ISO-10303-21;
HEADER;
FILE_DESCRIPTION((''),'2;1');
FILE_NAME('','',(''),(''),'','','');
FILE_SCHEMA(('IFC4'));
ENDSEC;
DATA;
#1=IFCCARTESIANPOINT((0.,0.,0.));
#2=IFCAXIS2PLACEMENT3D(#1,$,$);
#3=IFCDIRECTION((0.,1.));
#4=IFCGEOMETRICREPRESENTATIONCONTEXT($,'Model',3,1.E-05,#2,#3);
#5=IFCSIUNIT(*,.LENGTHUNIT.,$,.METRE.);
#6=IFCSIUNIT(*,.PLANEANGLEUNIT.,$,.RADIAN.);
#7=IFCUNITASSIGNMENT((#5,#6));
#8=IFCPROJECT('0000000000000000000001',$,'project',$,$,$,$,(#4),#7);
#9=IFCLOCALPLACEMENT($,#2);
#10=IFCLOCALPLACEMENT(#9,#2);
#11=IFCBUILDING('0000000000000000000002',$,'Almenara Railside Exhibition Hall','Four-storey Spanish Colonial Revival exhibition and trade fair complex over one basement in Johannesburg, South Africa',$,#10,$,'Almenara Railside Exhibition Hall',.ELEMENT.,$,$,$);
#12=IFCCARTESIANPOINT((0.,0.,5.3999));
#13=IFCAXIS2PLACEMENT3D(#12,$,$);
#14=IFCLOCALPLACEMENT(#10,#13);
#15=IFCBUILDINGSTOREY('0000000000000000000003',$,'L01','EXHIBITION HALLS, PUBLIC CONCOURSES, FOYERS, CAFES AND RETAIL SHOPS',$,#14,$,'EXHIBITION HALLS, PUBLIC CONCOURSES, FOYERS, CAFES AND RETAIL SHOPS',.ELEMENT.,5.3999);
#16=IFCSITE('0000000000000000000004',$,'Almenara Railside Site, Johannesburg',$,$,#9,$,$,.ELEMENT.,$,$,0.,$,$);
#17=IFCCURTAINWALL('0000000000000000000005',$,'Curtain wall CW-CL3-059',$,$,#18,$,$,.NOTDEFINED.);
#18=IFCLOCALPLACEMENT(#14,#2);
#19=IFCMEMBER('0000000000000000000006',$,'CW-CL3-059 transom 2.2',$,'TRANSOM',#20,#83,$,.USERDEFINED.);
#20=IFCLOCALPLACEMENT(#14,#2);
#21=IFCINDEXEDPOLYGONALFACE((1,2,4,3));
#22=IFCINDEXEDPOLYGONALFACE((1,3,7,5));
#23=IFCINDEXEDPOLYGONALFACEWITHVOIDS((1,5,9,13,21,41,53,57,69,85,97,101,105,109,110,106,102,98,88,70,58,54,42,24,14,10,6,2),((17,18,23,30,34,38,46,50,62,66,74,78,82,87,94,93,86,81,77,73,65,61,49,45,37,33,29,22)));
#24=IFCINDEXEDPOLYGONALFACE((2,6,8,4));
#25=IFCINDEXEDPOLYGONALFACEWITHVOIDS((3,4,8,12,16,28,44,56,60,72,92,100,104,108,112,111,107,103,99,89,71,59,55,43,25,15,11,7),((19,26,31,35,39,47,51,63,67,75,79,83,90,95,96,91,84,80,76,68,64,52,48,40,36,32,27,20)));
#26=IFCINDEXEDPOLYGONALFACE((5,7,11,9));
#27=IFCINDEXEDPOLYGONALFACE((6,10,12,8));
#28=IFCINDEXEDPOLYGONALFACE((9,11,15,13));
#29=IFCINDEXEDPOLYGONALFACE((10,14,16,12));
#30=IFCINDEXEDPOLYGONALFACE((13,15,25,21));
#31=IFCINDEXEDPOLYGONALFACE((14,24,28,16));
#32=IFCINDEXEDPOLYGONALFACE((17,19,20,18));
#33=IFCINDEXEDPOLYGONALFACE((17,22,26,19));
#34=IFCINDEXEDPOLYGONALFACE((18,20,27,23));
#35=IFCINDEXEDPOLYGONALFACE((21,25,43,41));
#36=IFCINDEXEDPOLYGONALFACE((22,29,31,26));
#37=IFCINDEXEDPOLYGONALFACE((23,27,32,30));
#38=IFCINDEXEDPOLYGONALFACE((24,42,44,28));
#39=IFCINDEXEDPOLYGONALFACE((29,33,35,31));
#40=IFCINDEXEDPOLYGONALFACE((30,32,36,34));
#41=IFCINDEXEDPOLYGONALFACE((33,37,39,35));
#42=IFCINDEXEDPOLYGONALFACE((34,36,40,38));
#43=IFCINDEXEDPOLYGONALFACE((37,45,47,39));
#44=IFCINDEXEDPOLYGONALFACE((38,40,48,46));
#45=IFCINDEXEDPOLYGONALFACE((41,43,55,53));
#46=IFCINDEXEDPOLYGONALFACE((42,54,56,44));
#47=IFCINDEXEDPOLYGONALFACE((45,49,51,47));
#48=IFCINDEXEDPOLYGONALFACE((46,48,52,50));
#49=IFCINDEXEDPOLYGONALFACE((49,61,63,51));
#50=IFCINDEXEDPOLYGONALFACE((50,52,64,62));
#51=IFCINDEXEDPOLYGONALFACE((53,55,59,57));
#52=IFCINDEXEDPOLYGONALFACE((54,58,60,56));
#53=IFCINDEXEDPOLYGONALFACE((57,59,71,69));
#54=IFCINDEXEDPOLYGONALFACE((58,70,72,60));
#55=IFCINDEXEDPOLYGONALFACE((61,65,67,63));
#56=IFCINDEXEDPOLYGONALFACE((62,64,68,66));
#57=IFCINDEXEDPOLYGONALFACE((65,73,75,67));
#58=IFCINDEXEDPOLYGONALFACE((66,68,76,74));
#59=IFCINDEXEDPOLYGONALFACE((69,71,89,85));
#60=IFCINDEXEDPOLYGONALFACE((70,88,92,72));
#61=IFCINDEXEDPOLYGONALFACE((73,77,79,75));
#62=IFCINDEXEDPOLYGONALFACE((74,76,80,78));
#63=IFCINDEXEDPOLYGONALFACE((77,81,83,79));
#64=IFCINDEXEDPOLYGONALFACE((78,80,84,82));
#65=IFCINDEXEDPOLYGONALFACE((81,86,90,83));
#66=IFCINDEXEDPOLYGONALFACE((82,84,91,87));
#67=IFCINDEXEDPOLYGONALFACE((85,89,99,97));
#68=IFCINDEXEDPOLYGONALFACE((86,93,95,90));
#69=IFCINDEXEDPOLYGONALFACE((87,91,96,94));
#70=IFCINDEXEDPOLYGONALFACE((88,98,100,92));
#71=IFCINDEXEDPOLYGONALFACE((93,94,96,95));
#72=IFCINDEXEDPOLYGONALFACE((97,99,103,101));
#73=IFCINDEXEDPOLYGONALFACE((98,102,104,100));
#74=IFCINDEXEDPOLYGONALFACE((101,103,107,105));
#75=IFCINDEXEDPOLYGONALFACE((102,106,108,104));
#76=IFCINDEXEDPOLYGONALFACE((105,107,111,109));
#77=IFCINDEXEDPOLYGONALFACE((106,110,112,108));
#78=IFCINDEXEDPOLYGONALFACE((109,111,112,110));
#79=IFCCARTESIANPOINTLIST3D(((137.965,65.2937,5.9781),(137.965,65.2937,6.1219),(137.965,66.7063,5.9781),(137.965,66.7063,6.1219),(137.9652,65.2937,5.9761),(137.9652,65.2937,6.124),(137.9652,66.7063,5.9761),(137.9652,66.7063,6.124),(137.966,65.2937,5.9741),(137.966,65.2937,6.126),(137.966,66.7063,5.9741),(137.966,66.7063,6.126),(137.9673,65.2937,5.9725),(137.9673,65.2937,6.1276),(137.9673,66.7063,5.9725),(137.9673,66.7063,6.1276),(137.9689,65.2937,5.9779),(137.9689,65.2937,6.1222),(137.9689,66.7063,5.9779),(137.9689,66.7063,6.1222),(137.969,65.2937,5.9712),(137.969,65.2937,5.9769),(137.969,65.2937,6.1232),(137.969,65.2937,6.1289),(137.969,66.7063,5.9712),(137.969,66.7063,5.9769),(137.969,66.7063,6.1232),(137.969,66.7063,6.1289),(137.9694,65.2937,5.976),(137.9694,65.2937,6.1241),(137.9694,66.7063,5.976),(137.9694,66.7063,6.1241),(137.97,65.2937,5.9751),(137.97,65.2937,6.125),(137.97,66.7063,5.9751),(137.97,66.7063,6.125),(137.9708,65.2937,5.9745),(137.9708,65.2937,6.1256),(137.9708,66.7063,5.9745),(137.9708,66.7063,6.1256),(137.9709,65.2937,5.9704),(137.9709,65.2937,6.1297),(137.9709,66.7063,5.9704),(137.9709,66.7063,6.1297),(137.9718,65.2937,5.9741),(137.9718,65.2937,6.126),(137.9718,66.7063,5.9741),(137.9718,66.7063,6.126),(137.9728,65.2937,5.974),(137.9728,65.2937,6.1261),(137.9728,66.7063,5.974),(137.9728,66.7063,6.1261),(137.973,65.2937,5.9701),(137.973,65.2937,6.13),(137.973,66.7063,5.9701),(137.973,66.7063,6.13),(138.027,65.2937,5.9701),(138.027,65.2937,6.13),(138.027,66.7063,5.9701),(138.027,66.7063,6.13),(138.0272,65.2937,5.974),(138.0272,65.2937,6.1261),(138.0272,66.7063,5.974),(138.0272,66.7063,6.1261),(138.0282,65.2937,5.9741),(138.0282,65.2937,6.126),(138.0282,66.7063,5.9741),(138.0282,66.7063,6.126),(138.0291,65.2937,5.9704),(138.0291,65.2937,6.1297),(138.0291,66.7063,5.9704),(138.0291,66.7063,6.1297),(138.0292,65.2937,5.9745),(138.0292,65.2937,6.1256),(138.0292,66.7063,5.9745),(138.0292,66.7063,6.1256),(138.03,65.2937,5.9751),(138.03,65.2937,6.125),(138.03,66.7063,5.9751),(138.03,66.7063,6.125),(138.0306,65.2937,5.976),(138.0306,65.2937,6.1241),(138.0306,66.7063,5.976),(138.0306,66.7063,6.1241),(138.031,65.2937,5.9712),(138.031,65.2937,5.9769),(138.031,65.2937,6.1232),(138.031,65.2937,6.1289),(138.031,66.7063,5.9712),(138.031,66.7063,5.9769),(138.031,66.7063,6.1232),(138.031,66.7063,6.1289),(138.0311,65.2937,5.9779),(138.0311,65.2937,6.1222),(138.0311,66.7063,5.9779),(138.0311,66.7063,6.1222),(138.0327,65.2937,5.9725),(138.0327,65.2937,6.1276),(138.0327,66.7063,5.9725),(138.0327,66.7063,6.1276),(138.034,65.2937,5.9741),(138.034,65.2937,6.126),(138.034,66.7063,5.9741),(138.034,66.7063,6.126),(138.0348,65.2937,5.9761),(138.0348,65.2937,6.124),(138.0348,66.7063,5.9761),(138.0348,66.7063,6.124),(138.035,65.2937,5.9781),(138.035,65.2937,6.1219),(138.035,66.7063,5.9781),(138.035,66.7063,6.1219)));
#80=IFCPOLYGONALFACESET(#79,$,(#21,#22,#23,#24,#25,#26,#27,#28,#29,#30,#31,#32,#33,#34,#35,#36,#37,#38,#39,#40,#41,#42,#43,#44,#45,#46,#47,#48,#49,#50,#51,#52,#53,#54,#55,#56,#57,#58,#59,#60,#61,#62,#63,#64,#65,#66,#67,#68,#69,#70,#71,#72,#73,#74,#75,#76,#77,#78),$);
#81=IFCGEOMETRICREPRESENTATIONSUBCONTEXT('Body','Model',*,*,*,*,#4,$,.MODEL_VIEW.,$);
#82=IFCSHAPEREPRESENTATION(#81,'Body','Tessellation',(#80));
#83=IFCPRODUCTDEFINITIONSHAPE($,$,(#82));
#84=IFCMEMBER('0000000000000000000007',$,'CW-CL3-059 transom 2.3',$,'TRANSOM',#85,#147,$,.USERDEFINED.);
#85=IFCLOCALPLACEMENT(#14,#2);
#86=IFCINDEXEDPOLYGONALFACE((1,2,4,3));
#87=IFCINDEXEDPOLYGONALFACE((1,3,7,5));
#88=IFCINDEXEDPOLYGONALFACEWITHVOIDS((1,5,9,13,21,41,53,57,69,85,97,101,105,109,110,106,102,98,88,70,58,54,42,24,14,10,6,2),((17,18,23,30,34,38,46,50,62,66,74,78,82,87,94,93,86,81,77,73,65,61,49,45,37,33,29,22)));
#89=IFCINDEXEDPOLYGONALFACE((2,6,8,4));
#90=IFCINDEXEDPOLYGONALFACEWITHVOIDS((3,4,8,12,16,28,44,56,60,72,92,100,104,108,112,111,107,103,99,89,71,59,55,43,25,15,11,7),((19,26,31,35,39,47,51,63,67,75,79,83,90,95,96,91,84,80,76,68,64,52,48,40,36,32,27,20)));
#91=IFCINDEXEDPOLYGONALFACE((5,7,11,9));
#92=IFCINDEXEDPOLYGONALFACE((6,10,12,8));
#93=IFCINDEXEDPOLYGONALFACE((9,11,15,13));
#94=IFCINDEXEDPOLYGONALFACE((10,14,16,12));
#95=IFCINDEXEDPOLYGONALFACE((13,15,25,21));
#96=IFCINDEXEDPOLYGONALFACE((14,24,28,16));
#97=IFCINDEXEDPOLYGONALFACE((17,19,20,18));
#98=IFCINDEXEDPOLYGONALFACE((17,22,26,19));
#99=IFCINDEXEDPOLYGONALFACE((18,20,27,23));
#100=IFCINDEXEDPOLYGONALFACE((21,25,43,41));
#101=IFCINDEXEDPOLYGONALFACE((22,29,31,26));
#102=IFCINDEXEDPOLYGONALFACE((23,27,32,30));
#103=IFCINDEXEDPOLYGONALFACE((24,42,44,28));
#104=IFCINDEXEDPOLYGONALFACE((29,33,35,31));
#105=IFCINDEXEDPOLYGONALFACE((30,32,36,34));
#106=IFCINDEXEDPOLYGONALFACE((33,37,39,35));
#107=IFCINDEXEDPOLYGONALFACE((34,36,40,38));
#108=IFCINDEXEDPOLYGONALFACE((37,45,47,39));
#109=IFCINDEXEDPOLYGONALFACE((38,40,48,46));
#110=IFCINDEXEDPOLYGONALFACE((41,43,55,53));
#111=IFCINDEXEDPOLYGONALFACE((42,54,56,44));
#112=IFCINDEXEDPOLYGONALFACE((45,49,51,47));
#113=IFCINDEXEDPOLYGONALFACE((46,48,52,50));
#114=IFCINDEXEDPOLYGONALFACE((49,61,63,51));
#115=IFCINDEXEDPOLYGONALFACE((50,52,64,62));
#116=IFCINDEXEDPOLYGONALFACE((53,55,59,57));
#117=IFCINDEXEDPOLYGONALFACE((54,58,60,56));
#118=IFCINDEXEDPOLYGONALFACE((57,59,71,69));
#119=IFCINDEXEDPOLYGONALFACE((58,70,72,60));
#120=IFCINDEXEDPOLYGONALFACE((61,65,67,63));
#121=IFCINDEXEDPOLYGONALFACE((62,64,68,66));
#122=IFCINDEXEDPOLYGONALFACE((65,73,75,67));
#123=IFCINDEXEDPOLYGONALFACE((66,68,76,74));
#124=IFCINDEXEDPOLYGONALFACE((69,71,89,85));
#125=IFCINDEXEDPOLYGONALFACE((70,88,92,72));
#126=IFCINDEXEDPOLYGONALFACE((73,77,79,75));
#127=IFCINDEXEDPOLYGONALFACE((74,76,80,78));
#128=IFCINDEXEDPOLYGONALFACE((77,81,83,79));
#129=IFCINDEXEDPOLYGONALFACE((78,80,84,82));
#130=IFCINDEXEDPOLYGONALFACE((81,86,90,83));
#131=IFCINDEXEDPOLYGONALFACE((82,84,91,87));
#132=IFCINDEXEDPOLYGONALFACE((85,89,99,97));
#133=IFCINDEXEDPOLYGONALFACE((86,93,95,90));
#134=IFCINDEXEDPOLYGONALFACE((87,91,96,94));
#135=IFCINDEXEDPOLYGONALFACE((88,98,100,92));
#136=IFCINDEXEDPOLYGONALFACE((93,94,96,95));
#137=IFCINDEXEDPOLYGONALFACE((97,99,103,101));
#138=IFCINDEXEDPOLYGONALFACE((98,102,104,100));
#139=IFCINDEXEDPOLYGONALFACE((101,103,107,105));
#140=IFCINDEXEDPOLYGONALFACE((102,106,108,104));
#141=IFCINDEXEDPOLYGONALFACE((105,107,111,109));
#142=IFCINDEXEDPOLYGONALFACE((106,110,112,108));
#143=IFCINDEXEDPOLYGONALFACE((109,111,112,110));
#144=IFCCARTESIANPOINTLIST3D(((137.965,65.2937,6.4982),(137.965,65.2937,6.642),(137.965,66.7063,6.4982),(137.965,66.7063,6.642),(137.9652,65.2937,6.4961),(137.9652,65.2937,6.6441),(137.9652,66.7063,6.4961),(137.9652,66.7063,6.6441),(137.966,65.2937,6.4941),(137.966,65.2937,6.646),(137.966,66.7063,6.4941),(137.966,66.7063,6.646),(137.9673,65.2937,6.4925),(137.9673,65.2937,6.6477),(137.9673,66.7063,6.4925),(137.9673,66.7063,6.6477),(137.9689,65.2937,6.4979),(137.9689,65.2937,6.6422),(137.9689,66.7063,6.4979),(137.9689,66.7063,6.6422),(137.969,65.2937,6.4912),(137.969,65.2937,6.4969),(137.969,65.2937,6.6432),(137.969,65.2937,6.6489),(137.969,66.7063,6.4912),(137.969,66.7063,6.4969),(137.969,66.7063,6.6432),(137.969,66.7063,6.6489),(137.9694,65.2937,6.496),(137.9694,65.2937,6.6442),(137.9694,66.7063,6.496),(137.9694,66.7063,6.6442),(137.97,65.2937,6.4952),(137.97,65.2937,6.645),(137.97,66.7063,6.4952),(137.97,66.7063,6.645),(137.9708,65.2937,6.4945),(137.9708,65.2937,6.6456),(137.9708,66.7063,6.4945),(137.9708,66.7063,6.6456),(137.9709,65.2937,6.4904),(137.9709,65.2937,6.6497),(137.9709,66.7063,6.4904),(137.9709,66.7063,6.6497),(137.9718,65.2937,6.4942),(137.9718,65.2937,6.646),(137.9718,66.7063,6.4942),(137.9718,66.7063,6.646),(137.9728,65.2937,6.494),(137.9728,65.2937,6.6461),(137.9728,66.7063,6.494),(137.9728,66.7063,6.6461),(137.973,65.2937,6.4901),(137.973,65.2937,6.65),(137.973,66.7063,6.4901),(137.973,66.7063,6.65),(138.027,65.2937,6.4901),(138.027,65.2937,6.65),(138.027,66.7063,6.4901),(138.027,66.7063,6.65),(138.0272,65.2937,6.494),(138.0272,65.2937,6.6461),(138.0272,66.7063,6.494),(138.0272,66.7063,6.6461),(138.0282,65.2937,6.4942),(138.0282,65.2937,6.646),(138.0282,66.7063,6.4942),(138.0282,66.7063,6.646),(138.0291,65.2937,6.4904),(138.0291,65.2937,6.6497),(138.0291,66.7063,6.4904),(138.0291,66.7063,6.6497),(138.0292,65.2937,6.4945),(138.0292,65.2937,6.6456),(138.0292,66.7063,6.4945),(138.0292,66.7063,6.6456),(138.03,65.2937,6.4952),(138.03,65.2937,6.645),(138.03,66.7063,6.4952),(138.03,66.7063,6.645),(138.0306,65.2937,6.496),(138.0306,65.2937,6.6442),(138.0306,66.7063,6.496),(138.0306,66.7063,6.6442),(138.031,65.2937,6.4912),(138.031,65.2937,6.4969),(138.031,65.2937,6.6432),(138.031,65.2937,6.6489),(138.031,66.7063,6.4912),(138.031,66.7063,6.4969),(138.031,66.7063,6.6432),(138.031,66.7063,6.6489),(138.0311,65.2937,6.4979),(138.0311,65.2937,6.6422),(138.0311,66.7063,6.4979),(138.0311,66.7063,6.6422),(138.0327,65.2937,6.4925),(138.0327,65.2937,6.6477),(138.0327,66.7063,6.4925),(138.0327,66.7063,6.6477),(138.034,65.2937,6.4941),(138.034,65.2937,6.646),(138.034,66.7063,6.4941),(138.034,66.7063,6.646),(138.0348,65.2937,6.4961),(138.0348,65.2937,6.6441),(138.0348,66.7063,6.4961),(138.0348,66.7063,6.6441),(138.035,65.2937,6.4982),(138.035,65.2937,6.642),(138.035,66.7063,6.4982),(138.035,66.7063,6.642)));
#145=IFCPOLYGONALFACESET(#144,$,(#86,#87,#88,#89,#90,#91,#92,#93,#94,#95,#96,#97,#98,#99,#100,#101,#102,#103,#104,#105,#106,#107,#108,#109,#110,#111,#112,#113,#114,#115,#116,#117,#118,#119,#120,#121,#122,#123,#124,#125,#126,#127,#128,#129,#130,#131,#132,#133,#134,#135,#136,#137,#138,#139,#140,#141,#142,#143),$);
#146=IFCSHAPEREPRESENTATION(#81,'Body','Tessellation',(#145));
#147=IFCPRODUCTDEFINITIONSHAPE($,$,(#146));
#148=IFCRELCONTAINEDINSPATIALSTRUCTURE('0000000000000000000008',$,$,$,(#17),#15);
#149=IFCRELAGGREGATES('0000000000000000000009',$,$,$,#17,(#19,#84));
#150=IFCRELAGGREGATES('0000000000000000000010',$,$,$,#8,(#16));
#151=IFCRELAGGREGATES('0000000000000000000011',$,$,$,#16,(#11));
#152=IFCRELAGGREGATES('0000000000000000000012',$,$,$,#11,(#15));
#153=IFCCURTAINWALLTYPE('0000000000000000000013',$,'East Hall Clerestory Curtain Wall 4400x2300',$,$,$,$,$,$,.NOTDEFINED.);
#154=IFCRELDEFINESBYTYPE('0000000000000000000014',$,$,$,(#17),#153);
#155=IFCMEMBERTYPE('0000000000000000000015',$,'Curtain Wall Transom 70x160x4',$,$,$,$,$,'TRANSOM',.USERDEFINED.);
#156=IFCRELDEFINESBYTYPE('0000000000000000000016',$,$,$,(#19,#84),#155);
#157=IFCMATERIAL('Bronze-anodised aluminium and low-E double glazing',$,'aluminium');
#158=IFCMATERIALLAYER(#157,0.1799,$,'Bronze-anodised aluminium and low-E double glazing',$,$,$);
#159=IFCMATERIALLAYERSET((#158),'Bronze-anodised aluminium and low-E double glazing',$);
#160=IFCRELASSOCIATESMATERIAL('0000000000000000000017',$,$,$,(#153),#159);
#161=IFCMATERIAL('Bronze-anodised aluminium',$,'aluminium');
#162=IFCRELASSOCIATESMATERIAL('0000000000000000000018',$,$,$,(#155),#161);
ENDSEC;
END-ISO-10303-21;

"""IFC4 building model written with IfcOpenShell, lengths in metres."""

from ifc_helpers import new_model, si_unit, direction, frame, origin, origin_2d, place, context, subcontext, project, spatial, hollow_rectangle, extrude, material, layer, layer_set, material_profile, profile_set, type_object, element, aggregate, save


model = new_model("IFC4")

# Units and contexts
model_context = context("Model", 3, precision=1e-05, world=origin(), true_north=direction((0.0, 1.0)))
body_context = subcontext(model_context, "Body", "Model", "MODEL_VIEW")
ifc_project = project(units=[si_unit("LENGTHUNIT", "METRE"), si_unit("PLANEANGLEUNIT", "RADIAN")], contexts=[model_context])

# Site, building, storey
site_placement = place(None, origin())
site = spatial("IfcSite", under=ifc_project, at=site_placement, Name="Almenara Railside Site, Johannesburg", CompositionType="ELEMENT", RefElevation=0.0)
building_placement = place(site_placement, origin())
building = spatial("IfcBuilding", under=site, at=building_placement, Name="Almenara Railside Exhibition Hall", Description="Four-storey Spanish Colonial Revival exhibition and trade fair complex over one basement in Johannesburg, South Africa", LongName="Almenara Railside Exhibition Hall", CompositionType="ELEMENT")
storey_placement = place(building_placement, frame((0.0, 0.0, 5.3999)))
storey = spatial("IfcBuildingStorey", under=building, at=storey_placement, Name="L01", Description="EXHIBITION HALLS, PUBLIC CONCOURSES, FOYERS, CAFES AND RETAIL SHOPS", LongName="EXHIBITION HALLS, PUBLIC CONCOURSES, FOYERS, CAFES AND RETAIL SHOPS", CompositionType="ELEMENT", Elevation=5.3999)

# Shared definitions
ifc_material_1 = material(Name="Bronze-anodised aluminium and low-E double glazing", Category="aluminium")
ifc_layer_1 = layer(ifc_material_1, 0.1799, Name="Bronze-anodised aluminium and low-E double glazing")
ifc_layer_set_1 = layer_set([ifc_layer_1], Name="Bronze-anodised aluminium and low-E double glazing")
curtain_wall_type = type_object("IfcCurtainWallType", Name="East Hall Clerestory Curtain Wall 4400x2300", PredefinedType="NOTDEFINED", material=ifc_layer_set_1)
ifc_material_2 = material(Name="Bronze-anodised aluminium", Category="aluminium")

# Curtain wall
curtain_wall_1_placement = place(storey_placement, origin())
curtain_wall_1 = element("IfcCurtainWall", 1, at=curtain_wall_1_placement, inside=storey, type_object=curtain_wall_type, Name="Curtain wall CW-CL3-059", PredefinedType="NOTDEFINED")

# Members
ifc_material_profile_1 = material_profile(ifc_material_2, hollow_rectangle(XDim=0.0701, YDim=0.1599, WallThickness=0.0039, InnerFilletRadius=0.0039, OuterFilletRadius=0.0081, at=origin_2d()), Name="ALU-TRN 70x160x4")
ifc_profile_set_1 = profile_set([ifc_material_profile_1], Name="Bronze-anodised aluminium")
member_type_1 = type_object("IfcMemberType", Name="Curtain Wall Transom 70x160x4", ElementType="TRANSOM", PredefinedType="USERDEFINED", material=ifc_profile_set_1)
member_1_placement = place(storey_placement, frame((138.0, 65.2937, 6.05), z_axis=(0.0, 1.0, 0.0), x_axis=(-1.0, 0.0, 0.0)))
member_1 = element("IfcMember", 2, at=member_1_placement, type_object=member_type_1, Name="CW-CL3-059 transom 2.2", ObjectType="TRANSOM", PredefinedType="USERDEFINED", context=body_context, shape_type="SweptSolid", body=[
    extrude(hollow_rectangle(XDim=0.0701, YDim=0.1599, WallThickness=0.0039, InnerFilletRadius=0.0039, OuterFilletRadius=0.0081, at=origin_2d()), origin(), (0.0, 0.0, 1.0), 1.4126),
])
member_2_placement = place(storey_placement, frame((138.0, 65.2937, 6.5701), z_axis=(0.0, 1.0, 0.0), x_axis=(-1.0, 0.0, 0.0)))
member_2 = element("IfcMember", 3, at=member_2_placement, type_object=member_type_1, Name="CW-CL3-059 transom 2.3", ObjectType="TRANSOM", PredefinedType="USERDEFINED", context=body_context, shape_type="SweptSolid", body=[
    extrude(hollow_rectangle(XDim=0.0701, YDim=0.1599, WallThickness=0.0039, InnerFilletRadius=0.0039, OuterFilletRadius=0.0081, at=origin_2d()), origin(), (0.0, 0.0, 1.0), 1.4126),
])

aggregate(curtain_wall_1, [member_1, member_2])

save(model, "model.ifc")
